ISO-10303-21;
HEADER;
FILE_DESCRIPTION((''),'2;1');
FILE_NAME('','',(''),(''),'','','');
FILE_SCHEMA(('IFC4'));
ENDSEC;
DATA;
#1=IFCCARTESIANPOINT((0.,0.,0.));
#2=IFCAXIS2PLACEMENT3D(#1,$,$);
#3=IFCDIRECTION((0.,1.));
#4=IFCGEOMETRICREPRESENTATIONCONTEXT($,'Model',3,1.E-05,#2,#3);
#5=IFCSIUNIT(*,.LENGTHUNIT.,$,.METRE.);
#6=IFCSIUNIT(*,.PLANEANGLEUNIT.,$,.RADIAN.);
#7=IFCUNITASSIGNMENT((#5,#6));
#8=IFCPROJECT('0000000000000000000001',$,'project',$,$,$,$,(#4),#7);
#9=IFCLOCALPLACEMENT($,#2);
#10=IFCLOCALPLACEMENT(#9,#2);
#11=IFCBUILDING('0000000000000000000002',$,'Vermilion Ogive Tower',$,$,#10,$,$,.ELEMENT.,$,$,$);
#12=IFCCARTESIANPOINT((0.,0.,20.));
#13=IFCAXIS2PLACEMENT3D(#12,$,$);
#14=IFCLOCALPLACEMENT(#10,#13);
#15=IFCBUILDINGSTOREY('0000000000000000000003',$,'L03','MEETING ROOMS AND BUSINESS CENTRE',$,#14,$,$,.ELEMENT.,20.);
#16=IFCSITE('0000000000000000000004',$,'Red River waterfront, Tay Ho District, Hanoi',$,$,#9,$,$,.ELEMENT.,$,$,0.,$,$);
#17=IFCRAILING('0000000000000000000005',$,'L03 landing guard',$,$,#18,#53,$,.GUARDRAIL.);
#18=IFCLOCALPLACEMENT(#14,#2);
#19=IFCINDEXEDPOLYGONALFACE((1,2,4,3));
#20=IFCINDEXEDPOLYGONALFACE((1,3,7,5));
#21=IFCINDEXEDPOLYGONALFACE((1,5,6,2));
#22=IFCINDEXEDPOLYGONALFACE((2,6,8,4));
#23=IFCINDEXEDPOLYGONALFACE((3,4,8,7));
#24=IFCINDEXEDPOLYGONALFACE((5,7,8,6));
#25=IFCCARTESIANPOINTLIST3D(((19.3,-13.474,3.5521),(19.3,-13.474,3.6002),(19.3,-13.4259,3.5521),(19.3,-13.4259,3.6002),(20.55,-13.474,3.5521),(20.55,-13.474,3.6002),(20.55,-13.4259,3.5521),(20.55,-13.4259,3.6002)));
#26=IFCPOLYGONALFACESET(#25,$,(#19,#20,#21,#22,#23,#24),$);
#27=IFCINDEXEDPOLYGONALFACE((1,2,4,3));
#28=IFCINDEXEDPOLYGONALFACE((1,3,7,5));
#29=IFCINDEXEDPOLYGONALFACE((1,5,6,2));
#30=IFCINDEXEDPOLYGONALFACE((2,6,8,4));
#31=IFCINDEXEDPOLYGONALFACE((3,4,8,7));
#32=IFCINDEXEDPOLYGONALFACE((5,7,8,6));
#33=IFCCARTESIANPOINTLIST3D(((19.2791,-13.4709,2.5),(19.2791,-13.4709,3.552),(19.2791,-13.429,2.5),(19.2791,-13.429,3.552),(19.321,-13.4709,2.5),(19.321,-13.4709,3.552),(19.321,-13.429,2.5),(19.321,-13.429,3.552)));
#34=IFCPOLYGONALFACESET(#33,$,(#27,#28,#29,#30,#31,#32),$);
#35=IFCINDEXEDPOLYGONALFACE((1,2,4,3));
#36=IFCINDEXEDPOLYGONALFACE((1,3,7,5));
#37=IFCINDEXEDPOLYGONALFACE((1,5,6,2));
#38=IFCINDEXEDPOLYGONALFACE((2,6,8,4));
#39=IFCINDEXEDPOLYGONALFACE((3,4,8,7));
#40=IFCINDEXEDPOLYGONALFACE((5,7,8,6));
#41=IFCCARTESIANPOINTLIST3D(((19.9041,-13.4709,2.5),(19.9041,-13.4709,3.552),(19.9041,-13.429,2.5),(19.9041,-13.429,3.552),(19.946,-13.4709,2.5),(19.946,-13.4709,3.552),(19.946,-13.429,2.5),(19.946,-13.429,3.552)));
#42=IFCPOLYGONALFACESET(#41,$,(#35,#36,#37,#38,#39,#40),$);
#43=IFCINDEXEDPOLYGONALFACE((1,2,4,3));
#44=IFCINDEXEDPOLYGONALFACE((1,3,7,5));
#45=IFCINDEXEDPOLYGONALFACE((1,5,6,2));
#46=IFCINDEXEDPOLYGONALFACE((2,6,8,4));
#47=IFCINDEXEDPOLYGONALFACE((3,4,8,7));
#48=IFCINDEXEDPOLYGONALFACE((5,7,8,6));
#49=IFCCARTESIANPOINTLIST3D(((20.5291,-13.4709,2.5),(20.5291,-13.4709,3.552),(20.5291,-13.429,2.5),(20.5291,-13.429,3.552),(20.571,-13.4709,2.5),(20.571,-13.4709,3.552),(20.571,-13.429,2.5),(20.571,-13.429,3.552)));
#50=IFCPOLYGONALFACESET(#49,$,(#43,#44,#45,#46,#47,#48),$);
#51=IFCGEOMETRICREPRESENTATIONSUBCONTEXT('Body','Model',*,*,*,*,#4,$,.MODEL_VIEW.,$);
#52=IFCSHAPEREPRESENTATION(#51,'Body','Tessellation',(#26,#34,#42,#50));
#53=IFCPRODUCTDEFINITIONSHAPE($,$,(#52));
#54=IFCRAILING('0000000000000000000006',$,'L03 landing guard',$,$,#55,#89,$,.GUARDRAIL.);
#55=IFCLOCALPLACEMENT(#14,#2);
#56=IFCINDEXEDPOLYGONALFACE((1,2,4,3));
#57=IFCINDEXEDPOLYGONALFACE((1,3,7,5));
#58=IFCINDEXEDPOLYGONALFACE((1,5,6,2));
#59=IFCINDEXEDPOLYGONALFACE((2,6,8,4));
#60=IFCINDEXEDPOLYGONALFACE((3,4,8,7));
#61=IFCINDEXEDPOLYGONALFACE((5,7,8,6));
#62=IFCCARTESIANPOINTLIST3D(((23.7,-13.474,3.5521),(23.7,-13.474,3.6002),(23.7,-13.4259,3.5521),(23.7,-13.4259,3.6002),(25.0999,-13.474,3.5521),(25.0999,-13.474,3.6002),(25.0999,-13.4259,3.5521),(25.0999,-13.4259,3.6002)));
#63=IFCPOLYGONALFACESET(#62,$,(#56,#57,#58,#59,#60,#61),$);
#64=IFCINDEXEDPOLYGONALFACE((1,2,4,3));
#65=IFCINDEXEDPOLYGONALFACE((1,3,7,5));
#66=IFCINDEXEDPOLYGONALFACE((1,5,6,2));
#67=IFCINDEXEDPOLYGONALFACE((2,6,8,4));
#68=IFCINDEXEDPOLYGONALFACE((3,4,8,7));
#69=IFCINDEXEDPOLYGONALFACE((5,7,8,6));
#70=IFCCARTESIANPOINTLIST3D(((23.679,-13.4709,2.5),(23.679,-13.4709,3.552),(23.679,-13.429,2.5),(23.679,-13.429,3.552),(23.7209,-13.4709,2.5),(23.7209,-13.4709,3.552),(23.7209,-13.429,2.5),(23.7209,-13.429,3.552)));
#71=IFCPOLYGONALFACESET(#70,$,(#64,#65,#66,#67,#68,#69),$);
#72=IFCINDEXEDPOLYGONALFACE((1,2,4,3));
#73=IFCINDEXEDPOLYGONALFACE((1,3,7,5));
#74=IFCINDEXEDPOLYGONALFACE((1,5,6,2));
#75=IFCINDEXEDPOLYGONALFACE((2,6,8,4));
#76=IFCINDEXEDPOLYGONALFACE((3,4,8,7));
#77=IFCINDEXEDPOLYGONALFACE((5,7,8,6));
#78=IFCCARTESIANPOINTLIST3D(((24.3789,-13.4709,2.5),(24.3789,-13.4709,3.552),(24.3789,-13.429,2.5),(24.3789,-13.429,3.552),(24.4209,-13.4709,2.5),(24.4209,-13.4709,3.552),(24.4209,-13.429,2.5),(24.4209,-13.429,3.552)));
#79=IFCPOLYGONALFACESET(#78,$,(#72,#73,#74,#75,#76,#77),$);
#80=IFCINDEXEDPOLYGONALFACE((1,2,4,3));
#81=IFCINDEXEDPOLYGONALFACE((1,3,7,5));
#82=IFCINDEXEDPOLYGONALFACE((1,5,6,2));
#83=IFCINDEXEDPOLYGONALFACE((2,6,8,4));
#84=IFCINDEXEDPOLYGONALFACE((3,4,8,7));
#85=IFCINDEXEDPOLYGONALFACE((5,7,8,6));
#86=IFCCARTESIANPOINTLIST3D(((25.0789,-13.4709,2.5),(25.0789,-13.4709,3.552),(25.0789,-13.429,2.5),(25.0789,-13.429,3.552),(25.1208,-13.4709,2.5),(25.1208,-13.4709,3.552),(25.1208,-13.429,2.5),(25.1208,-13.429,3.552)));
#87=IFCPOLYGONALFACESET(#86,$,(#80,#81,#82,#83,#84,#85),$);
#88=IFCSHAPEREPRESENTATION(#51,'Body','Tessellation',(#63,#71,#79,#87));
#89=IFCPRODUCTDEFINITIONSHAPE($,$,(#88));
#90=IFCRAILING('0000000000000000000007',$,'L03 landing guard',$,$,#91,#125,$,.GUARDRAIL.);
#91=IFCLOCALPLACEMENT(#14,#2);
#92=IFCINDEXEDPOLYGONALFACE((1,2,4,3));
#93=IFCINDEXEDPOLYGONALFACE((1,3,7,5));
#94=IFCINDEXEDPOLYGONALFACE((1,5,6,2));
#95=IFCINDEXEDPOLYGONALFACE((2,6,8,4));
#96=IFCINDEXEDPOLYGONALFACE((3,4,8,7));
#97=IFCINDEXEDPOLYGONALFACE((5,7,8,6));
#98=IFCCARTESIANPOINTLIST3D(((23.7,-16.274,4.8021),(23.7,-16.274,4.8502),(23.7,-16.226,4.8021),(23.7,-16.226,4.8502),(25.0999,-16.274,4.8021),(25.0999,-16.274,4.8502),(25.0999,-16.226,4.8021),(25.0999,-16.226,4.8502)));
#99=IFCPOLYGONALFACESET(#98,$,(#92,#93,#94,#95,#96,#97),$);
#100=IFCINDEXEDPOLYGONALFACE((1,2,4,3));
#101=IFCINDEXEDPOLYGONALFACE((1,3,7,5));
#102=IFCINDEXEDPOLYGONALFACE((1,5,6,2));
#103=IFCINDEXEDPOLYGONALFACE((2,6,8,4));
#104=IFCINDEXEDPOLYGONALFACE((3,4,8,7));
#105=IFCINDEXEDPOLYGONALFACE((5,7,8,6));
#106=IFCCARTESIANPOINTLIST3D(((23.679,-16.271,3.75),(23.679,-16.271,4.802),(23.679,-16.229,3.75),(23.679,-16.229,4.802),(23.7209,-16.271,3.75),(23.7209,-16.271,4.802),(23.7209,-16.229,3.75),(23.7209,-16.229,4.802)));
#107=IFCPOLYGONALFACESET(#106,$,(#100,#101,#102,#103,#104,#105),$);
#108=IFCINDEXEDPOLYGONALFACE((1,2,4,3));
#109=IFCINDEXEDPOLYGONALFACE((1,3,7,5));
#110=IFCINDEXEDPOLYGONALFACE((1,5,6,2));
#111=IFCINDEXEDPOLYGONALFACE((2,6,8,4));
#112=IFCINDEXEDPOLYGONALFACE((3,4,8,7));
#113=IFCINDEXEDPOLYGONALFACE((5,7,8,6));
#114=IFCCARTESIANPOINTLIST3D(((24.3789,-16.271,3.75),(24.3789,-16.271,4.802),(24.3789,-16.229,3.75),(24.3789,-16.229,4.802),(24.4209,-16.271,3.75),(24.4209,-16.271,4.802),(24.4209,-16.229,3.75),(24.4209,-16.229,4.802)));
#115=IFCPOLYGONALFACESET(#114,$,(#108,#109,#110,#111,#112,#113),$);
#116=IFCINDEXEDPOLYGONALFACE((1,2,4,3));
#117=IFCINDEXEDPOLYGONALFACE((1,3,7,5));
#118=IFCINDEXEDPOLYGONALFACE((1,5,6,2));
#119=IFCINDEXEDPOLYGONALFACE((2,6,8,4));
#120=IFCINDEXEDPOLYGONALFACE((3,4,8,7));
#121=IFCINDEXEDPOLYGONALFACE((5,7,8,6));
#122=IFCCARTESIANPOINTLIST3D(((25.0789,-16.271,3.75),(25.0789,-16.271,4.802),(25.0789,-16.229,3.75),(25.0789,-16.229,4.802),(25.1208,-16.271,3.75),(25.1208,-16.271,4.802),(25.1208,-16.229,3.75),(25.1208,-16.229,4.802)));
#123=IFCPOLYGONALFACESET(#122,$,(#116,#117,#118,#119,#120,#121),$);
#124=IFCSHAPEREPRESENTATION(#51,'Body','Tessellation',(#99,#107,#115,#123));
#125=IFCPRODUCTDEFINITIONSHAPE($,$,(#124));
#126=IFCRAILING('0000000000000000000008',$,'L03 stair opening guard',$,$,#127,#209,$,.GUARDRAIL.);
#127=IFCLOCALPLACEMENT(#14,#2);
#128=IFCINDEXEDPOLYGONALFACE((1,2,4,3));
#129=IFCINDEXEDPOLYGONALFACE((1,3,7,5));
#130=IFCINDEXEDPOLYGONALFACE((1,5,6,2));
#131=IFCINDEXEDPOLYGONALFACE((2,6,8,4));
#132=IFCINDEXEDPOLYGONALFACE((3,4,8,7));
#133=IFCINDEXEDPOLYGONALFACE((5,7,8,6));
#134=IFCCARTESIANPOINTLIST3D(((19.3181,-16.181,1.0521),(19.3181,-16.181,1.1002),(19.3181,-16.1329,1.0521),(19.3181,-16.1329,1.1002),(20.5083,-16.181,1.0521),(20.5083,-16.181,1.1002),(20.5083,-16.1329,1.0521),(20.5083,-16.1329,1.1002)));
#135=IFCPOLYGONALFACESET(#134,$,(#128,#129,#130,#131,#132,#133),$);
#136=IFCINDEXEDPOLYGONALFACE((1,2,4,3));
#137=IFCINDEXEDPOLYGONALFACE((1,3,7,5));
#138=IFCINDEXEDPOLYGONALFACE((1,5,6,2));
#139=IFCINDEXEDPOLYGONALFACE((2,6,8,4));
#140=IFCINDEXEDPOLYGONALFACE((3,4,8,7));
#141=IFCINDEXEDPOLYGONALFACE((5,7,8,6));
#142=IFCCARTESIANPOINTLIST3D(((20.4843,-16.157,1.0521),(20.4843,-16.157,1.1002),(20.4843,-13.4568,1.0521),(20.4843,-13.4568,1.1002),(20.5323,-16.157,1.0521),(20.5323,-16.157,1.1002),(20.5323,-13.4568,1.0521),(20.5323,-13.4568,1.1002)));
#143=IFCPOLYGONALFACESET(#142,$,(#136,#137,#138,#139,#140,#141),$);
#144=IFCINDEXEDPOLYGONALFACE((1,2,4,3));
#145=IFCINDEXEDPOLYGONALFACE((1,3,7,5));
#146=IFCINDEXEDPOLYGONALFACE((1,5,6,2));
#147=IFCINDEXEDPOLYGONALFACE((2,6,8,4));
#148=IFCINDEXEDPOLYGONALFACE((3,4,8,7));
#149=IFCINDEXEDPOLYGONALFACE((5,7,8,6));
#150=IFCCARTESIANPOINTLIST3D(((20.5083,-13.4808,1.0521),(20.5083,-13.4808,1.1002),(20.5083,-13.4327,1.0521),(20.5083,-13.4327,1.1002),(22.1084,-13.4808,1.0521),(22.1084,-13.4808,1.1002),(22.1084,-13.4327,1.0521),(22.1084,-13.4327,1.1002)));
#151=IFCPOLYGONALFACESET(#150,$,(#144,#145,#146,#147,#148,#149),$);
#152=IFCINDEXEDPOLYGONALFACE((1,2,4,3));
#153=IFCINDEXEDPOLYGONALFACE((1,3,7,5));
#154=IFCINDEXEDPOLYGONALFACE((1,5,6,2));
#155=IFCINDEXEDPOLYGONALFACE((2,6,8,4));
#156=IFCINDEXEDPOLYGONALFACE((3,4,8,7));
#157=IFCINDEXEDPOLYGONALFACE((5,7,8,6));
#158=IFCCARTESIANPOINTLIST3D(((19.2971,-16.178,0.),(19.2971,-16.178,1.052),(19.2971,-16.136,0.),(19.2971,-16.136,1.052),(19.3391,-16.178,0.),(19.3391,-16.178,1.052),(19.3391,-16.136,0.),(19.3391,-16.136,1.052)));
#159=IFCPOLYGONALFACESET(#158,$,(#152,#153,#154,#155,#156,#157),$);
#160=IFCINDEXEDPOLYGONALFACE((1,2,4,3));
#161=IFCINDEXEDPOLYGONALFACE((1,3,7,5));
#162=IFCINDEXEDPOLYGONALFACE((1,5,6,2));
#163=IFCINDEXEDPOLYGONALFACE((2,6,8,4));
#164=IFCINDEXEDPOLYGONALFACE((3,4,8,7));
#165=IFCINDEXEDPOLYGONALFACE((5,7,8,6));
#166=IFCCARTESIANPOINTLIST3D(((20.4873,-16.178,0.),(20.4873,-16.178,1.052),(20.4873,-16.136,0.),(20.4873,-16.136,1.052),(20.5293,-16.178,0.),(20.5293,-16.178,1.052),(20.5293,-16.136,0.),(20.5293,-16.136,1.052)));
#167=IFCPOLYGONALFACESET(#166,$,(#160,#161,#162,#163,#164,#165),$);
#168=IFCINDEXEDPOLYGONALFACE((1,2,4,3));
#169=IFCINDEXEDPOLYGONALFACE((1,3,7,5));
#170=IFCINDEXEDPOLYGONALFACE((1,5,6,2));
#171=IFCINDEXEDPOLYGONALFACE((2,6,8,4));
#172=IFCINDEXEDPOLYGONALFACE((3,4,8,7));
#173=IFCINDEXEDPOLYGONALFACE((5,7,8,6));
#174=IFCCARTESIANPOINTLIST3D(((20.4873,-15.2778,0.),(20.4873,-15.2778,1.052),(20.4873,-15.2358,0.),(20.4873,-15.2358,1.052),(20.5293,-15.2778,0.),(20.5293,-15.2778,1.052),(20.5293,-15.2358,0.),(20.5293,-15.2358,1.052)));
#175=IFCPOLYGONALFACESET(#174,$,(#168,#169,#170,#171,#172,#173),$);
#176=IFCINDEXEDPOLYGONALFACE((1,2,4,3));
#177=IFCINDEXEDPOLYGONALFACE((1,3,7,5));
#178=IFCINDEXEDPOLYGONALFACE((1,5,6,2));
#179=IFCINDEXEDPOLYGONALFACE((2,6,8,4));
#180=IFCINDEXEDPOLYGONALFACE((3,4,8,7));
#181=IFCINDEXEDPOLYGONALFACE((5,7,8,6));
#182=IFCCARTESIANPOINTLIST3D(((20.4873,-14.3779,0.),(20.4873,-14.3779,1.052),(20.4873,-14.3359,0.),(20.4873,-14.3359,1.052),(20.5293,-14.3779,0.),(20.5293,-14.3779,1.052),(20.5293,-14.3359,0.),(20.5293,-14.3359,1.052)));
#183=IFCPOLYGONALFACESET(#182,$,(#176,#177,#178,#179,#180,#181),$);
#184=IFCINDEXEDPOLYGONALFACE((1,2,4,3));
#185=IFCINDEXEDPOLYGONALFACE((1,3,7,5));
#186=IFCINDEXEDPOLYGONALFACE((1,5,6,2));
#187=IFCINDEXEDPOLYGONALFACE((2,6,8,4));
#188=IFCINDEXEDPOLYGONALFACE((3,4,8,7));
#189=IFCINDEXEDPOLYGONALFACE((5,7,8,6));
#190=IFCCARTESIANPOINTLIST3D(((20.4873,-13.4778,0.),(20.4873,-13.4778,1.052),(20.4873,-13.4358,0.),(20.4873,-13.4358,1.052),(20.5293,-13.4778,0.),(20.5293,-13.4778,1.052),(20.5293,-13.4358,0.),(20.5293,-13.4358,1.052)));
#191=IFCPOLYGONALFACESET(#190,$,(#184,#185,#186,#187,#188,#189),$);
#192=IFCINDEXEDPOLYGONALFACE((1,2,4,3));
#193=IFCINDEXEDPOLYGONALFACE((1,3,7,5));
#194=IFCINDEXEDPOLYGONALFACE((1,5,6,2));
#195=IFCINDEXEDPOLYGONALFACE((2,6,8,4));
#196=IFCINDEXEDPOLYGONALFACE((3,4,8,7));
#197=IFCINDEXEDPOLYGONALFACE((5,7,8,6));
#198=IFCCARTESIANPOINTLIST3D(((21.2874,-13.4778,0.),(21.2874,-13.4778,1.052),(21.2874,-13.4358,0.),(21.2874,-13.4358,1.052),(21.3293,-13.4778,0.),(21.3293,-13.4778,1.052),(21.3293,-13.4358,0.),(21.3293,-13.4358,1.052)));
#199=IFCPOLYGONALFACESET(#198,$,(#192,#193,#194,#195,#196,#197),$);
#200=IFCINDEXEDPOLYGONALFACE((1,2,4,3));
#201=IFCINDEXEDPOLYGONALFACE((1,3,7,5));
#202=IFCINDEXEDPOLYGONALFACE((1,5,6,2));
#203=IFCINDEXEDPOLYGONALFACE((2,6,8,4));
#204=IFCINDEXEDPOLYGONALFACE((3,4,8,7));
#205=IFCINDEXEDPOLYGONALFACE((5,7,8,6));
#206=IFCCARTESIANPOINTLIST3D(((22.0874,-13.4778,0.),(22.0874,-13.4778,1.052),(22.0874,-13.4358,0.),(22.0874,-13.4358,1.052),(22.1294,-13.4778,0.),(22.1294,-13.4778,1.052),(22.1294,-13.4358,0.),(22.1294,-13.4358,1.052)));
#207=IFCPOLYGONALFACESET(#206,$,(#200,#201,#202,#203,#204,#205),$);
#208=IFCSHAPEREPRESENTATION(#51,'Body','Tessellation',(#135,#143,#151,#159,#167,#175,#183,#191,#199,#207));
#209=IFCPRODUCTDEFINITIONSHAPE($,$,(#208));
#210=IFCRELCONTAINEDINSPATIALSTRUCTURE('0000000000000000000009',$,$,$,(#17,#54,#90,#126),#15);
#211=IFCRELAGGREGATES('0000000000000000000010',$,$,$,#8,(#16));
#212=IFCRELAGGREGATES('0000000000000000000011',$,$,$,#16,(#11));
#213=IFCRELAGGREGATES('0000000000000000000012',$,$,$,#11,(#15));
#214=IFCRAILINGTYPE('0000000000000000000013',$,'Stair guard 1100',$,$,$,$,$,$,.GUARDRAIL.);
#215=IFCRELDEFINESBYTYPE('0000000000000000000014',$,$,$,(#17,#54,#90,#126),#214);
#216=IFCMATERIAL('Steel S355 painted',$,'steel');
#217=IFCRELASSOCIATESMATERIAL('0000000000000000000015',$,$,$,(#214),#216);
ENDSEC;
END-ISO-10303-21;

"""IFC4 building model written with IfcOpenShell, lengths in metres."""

from ifc_helpers import new_model, si_unit, direction, frame, origin, origin_2d, place, context, subcontext, project, spatial, rectangle, extrude, material, type_object, element, save


model = new_model("IFC4")

# Units and contexts
model_context = context("Model", 3, precision=1e-05, world=origin(), true_north=direction((0.0, 1.0)))
body_context = subcontext(model_context, "Body", "Model", "MODEL_VIEW")
ifc_project = project(units=[si_unit("LENGTHUNIT", "METRE"), si_unit("PLANEANGLEUNIT", "RADIAN")], contexts=[model_context])

# Site, building, storey
site_placement = place(None, origin())
site = spatial("IfcSite", under=ifc_project, at=site_placement, Name="Red River waterfront, Tay Ho District, Hanoi", CompositionType="ELEMENT", RefElevation=0.0)
building_placement = place(site_placement, origin())
building = spatial("IfcBuilding", under=site, at=building_placement, Name="Vermilion Ogive Tower", CompositionType="ELEMENT")
storey_placement = place(building_placement, frame((0.0, 0.0, 20.0)))
storey = spatial("IfcBuildingStorey", under=building, at=storey_placement, Name="L03", Description="MEETING ROOMS AND BUSINESS CENTRE", CompositionType="ELEMENT", Elevation=20.0)

# Railings
ifc_material_1 = material(Name="Steel S355 painted", Category="steel")
railing_type_1 = type_object("IfcRailingType", Name="Stair guard 1100", PredefinedType="GUARDRAIL", material=ifc_material_1)
railing_1_placement = place(storey_placement, frame((19.3, -13.45, 2.5)))
element("IfcRailing", 1, at=railing_1_placement, inside=storey, type_object=railing_type_1, Name="L03 landing guard", PredefinedType="GUARDRAIL", context=body_context, shape_type="SweptSolid", body=[
    extrude(rectangle(XDim=0.0481, YDim=0.0481, at=origin_2d()), frame((0.0, 0.0, 1.0762), z_axis=(1.0, 0.0, 0.0), x_axis=(0.0, 1.0, 0.0)), (0.0, 0.0, 1.0), 1.25),
    extrude(rectangle(XDim=0.042, YDim=0.042, at=origin_2d()), origin(), (0.0, 0.0, 1.0), 1.052),
    extrude(rectangle(XDim=0.042, YDim=0.042, at=origin_2d()), frame((0.625, 0.0, 0.0)), (0.0, 0.0, 1.0), 1.052),
    extrude(rectangle(XDim=0.042, YDim=0.042, at=origin_2d()), frame((1.25, 0.0, 0.0)), (0.0, 0.0, 1.0), 1.052),
])
for number, where, name in (
    (2, (23.7, -13.45, 2.5), "L03 landing guard"),
    (3, (23.7, -16.25, 3.75), "L03 landing guard"),
):
    element("IfcRailing", number, at=place(storey_placement, frame(where)), inside=storey, type_object=railing_type_1, Name=name, PredefinedType="GUARDRAIL", context=body_context, shape_type="SweptSolid", body=[
        extrude(rectangle(XDim=0.0481, YDim=0.0481, at=origin_2d()), frame((0.0, 0.0, 1.0762), z_axis=(1.0, 0.0, 0.0), x_axis=(0.0, 1.0, 0.0)), (0.0, 0.0, 1.0), 1.3999),
        extrude(rectangle(XDim=0.042, YDim=0.042, at=origin_2d()), origin(), (0.0, 0.0, 1.0), 1.052),
        extrude(rectangle(XDim=0.042, YDim=0.042, at=origin_2d()), frame((0.7, 0.0, 0.0)), (0.0, 0.0, 1.0), 1.052),
        extrude(rectangle(XDim=0.042, YDim=0.042, at=origin_2d()), frame((1.3999, 0.0, 0.0)), (0.0, 0.0, 1.0), 1.052),
    ])
railing_2_placement = place(storey_placement, frame((19.3181, -16.157, 0.0)))
element("IfcRailing", 4, at=railing_2_placement, inside=storey, type_object=railing_type_1, Name="L03 stair opening guard", PredefinedType="GUARDRAIL", context=body_context, shape_type="SweptSolid", body=[
    extrude(rectangle(XDim=0.0481, YDim=0.0481, at=origin_2d()), frame((0.0, 0.0, 1.0762), z_axis=(1.0, 0.0, 0.0), x_axis=(0.0, 1.0, 0.0)), (0.0, 0.0, 1.0), 1.1902),
    extrude(rectangle(XDim=0.0481, YDim=0.0481, at=origin_2d()), frame((1.1902, 0.0, 1.0762), z_axis=(0.0, 1.0, 0.0), x_axis=(-1.0, 0.0, 0.0)), (0.0, 0.0, 1.0), 2.7002),
    extrude(rectangle(XDim=0.0481, YDim=0.0481, at=origin_2d()), frame((1.1902, 2.7002, 1.0762), z_axis=(1.0, 0.0, 0.0), x_axis=(0.0, 1.0, 0.0)), (0.0, 0.0, 1.0), 1.6001),
    extrude(rectangle(XDim=0.042, YDim=0.042, at=origin_2d()), origin(), (0.0, 0.0, 1.0), 1.052),
    extrude(rectangle(XDim=0.042, YDim=0.042, at=origin_2d()), frame((1.1902, 0.0, 0.0)), (0.0, 0.0, 1.0), 1.052),
    extrude(rectangle(XDim=0.042, YDim=0.042, at=origin_2d()), frame((1.1902, 0.9001, 0.0)), (0.0, 0.0, 1.0), 1.052),
    extrude(rectangle(XDim=0.042, YDim=0.042, at=origin_2d()), frame((1.1902, 1.8, 0.0)), (0.0, 0.0, 1.0), 1.052),
    extrude(rectangle(XDim=0.042, YDim=0.042, at=origin_2d()), frame((1.1902, 2.7002, 0.0)), (0.0, 0.0, 1.0), 1.052),
    extrude(rectangle(XDim=0.042, YDim=0.042, at=origin_2d()), frame((1.9902, 2.7002, 0.0)), (0.0, 0.0, 1.0), 1.052),
    extrude(rectangle(XDim=0.042, YDim=0.042, at=origin_2d()), frame((2.7903, 2.7002, 0.0)), (0.0, 0.0, 1.0), 1.052),
])

save(model, "model.ifc")
